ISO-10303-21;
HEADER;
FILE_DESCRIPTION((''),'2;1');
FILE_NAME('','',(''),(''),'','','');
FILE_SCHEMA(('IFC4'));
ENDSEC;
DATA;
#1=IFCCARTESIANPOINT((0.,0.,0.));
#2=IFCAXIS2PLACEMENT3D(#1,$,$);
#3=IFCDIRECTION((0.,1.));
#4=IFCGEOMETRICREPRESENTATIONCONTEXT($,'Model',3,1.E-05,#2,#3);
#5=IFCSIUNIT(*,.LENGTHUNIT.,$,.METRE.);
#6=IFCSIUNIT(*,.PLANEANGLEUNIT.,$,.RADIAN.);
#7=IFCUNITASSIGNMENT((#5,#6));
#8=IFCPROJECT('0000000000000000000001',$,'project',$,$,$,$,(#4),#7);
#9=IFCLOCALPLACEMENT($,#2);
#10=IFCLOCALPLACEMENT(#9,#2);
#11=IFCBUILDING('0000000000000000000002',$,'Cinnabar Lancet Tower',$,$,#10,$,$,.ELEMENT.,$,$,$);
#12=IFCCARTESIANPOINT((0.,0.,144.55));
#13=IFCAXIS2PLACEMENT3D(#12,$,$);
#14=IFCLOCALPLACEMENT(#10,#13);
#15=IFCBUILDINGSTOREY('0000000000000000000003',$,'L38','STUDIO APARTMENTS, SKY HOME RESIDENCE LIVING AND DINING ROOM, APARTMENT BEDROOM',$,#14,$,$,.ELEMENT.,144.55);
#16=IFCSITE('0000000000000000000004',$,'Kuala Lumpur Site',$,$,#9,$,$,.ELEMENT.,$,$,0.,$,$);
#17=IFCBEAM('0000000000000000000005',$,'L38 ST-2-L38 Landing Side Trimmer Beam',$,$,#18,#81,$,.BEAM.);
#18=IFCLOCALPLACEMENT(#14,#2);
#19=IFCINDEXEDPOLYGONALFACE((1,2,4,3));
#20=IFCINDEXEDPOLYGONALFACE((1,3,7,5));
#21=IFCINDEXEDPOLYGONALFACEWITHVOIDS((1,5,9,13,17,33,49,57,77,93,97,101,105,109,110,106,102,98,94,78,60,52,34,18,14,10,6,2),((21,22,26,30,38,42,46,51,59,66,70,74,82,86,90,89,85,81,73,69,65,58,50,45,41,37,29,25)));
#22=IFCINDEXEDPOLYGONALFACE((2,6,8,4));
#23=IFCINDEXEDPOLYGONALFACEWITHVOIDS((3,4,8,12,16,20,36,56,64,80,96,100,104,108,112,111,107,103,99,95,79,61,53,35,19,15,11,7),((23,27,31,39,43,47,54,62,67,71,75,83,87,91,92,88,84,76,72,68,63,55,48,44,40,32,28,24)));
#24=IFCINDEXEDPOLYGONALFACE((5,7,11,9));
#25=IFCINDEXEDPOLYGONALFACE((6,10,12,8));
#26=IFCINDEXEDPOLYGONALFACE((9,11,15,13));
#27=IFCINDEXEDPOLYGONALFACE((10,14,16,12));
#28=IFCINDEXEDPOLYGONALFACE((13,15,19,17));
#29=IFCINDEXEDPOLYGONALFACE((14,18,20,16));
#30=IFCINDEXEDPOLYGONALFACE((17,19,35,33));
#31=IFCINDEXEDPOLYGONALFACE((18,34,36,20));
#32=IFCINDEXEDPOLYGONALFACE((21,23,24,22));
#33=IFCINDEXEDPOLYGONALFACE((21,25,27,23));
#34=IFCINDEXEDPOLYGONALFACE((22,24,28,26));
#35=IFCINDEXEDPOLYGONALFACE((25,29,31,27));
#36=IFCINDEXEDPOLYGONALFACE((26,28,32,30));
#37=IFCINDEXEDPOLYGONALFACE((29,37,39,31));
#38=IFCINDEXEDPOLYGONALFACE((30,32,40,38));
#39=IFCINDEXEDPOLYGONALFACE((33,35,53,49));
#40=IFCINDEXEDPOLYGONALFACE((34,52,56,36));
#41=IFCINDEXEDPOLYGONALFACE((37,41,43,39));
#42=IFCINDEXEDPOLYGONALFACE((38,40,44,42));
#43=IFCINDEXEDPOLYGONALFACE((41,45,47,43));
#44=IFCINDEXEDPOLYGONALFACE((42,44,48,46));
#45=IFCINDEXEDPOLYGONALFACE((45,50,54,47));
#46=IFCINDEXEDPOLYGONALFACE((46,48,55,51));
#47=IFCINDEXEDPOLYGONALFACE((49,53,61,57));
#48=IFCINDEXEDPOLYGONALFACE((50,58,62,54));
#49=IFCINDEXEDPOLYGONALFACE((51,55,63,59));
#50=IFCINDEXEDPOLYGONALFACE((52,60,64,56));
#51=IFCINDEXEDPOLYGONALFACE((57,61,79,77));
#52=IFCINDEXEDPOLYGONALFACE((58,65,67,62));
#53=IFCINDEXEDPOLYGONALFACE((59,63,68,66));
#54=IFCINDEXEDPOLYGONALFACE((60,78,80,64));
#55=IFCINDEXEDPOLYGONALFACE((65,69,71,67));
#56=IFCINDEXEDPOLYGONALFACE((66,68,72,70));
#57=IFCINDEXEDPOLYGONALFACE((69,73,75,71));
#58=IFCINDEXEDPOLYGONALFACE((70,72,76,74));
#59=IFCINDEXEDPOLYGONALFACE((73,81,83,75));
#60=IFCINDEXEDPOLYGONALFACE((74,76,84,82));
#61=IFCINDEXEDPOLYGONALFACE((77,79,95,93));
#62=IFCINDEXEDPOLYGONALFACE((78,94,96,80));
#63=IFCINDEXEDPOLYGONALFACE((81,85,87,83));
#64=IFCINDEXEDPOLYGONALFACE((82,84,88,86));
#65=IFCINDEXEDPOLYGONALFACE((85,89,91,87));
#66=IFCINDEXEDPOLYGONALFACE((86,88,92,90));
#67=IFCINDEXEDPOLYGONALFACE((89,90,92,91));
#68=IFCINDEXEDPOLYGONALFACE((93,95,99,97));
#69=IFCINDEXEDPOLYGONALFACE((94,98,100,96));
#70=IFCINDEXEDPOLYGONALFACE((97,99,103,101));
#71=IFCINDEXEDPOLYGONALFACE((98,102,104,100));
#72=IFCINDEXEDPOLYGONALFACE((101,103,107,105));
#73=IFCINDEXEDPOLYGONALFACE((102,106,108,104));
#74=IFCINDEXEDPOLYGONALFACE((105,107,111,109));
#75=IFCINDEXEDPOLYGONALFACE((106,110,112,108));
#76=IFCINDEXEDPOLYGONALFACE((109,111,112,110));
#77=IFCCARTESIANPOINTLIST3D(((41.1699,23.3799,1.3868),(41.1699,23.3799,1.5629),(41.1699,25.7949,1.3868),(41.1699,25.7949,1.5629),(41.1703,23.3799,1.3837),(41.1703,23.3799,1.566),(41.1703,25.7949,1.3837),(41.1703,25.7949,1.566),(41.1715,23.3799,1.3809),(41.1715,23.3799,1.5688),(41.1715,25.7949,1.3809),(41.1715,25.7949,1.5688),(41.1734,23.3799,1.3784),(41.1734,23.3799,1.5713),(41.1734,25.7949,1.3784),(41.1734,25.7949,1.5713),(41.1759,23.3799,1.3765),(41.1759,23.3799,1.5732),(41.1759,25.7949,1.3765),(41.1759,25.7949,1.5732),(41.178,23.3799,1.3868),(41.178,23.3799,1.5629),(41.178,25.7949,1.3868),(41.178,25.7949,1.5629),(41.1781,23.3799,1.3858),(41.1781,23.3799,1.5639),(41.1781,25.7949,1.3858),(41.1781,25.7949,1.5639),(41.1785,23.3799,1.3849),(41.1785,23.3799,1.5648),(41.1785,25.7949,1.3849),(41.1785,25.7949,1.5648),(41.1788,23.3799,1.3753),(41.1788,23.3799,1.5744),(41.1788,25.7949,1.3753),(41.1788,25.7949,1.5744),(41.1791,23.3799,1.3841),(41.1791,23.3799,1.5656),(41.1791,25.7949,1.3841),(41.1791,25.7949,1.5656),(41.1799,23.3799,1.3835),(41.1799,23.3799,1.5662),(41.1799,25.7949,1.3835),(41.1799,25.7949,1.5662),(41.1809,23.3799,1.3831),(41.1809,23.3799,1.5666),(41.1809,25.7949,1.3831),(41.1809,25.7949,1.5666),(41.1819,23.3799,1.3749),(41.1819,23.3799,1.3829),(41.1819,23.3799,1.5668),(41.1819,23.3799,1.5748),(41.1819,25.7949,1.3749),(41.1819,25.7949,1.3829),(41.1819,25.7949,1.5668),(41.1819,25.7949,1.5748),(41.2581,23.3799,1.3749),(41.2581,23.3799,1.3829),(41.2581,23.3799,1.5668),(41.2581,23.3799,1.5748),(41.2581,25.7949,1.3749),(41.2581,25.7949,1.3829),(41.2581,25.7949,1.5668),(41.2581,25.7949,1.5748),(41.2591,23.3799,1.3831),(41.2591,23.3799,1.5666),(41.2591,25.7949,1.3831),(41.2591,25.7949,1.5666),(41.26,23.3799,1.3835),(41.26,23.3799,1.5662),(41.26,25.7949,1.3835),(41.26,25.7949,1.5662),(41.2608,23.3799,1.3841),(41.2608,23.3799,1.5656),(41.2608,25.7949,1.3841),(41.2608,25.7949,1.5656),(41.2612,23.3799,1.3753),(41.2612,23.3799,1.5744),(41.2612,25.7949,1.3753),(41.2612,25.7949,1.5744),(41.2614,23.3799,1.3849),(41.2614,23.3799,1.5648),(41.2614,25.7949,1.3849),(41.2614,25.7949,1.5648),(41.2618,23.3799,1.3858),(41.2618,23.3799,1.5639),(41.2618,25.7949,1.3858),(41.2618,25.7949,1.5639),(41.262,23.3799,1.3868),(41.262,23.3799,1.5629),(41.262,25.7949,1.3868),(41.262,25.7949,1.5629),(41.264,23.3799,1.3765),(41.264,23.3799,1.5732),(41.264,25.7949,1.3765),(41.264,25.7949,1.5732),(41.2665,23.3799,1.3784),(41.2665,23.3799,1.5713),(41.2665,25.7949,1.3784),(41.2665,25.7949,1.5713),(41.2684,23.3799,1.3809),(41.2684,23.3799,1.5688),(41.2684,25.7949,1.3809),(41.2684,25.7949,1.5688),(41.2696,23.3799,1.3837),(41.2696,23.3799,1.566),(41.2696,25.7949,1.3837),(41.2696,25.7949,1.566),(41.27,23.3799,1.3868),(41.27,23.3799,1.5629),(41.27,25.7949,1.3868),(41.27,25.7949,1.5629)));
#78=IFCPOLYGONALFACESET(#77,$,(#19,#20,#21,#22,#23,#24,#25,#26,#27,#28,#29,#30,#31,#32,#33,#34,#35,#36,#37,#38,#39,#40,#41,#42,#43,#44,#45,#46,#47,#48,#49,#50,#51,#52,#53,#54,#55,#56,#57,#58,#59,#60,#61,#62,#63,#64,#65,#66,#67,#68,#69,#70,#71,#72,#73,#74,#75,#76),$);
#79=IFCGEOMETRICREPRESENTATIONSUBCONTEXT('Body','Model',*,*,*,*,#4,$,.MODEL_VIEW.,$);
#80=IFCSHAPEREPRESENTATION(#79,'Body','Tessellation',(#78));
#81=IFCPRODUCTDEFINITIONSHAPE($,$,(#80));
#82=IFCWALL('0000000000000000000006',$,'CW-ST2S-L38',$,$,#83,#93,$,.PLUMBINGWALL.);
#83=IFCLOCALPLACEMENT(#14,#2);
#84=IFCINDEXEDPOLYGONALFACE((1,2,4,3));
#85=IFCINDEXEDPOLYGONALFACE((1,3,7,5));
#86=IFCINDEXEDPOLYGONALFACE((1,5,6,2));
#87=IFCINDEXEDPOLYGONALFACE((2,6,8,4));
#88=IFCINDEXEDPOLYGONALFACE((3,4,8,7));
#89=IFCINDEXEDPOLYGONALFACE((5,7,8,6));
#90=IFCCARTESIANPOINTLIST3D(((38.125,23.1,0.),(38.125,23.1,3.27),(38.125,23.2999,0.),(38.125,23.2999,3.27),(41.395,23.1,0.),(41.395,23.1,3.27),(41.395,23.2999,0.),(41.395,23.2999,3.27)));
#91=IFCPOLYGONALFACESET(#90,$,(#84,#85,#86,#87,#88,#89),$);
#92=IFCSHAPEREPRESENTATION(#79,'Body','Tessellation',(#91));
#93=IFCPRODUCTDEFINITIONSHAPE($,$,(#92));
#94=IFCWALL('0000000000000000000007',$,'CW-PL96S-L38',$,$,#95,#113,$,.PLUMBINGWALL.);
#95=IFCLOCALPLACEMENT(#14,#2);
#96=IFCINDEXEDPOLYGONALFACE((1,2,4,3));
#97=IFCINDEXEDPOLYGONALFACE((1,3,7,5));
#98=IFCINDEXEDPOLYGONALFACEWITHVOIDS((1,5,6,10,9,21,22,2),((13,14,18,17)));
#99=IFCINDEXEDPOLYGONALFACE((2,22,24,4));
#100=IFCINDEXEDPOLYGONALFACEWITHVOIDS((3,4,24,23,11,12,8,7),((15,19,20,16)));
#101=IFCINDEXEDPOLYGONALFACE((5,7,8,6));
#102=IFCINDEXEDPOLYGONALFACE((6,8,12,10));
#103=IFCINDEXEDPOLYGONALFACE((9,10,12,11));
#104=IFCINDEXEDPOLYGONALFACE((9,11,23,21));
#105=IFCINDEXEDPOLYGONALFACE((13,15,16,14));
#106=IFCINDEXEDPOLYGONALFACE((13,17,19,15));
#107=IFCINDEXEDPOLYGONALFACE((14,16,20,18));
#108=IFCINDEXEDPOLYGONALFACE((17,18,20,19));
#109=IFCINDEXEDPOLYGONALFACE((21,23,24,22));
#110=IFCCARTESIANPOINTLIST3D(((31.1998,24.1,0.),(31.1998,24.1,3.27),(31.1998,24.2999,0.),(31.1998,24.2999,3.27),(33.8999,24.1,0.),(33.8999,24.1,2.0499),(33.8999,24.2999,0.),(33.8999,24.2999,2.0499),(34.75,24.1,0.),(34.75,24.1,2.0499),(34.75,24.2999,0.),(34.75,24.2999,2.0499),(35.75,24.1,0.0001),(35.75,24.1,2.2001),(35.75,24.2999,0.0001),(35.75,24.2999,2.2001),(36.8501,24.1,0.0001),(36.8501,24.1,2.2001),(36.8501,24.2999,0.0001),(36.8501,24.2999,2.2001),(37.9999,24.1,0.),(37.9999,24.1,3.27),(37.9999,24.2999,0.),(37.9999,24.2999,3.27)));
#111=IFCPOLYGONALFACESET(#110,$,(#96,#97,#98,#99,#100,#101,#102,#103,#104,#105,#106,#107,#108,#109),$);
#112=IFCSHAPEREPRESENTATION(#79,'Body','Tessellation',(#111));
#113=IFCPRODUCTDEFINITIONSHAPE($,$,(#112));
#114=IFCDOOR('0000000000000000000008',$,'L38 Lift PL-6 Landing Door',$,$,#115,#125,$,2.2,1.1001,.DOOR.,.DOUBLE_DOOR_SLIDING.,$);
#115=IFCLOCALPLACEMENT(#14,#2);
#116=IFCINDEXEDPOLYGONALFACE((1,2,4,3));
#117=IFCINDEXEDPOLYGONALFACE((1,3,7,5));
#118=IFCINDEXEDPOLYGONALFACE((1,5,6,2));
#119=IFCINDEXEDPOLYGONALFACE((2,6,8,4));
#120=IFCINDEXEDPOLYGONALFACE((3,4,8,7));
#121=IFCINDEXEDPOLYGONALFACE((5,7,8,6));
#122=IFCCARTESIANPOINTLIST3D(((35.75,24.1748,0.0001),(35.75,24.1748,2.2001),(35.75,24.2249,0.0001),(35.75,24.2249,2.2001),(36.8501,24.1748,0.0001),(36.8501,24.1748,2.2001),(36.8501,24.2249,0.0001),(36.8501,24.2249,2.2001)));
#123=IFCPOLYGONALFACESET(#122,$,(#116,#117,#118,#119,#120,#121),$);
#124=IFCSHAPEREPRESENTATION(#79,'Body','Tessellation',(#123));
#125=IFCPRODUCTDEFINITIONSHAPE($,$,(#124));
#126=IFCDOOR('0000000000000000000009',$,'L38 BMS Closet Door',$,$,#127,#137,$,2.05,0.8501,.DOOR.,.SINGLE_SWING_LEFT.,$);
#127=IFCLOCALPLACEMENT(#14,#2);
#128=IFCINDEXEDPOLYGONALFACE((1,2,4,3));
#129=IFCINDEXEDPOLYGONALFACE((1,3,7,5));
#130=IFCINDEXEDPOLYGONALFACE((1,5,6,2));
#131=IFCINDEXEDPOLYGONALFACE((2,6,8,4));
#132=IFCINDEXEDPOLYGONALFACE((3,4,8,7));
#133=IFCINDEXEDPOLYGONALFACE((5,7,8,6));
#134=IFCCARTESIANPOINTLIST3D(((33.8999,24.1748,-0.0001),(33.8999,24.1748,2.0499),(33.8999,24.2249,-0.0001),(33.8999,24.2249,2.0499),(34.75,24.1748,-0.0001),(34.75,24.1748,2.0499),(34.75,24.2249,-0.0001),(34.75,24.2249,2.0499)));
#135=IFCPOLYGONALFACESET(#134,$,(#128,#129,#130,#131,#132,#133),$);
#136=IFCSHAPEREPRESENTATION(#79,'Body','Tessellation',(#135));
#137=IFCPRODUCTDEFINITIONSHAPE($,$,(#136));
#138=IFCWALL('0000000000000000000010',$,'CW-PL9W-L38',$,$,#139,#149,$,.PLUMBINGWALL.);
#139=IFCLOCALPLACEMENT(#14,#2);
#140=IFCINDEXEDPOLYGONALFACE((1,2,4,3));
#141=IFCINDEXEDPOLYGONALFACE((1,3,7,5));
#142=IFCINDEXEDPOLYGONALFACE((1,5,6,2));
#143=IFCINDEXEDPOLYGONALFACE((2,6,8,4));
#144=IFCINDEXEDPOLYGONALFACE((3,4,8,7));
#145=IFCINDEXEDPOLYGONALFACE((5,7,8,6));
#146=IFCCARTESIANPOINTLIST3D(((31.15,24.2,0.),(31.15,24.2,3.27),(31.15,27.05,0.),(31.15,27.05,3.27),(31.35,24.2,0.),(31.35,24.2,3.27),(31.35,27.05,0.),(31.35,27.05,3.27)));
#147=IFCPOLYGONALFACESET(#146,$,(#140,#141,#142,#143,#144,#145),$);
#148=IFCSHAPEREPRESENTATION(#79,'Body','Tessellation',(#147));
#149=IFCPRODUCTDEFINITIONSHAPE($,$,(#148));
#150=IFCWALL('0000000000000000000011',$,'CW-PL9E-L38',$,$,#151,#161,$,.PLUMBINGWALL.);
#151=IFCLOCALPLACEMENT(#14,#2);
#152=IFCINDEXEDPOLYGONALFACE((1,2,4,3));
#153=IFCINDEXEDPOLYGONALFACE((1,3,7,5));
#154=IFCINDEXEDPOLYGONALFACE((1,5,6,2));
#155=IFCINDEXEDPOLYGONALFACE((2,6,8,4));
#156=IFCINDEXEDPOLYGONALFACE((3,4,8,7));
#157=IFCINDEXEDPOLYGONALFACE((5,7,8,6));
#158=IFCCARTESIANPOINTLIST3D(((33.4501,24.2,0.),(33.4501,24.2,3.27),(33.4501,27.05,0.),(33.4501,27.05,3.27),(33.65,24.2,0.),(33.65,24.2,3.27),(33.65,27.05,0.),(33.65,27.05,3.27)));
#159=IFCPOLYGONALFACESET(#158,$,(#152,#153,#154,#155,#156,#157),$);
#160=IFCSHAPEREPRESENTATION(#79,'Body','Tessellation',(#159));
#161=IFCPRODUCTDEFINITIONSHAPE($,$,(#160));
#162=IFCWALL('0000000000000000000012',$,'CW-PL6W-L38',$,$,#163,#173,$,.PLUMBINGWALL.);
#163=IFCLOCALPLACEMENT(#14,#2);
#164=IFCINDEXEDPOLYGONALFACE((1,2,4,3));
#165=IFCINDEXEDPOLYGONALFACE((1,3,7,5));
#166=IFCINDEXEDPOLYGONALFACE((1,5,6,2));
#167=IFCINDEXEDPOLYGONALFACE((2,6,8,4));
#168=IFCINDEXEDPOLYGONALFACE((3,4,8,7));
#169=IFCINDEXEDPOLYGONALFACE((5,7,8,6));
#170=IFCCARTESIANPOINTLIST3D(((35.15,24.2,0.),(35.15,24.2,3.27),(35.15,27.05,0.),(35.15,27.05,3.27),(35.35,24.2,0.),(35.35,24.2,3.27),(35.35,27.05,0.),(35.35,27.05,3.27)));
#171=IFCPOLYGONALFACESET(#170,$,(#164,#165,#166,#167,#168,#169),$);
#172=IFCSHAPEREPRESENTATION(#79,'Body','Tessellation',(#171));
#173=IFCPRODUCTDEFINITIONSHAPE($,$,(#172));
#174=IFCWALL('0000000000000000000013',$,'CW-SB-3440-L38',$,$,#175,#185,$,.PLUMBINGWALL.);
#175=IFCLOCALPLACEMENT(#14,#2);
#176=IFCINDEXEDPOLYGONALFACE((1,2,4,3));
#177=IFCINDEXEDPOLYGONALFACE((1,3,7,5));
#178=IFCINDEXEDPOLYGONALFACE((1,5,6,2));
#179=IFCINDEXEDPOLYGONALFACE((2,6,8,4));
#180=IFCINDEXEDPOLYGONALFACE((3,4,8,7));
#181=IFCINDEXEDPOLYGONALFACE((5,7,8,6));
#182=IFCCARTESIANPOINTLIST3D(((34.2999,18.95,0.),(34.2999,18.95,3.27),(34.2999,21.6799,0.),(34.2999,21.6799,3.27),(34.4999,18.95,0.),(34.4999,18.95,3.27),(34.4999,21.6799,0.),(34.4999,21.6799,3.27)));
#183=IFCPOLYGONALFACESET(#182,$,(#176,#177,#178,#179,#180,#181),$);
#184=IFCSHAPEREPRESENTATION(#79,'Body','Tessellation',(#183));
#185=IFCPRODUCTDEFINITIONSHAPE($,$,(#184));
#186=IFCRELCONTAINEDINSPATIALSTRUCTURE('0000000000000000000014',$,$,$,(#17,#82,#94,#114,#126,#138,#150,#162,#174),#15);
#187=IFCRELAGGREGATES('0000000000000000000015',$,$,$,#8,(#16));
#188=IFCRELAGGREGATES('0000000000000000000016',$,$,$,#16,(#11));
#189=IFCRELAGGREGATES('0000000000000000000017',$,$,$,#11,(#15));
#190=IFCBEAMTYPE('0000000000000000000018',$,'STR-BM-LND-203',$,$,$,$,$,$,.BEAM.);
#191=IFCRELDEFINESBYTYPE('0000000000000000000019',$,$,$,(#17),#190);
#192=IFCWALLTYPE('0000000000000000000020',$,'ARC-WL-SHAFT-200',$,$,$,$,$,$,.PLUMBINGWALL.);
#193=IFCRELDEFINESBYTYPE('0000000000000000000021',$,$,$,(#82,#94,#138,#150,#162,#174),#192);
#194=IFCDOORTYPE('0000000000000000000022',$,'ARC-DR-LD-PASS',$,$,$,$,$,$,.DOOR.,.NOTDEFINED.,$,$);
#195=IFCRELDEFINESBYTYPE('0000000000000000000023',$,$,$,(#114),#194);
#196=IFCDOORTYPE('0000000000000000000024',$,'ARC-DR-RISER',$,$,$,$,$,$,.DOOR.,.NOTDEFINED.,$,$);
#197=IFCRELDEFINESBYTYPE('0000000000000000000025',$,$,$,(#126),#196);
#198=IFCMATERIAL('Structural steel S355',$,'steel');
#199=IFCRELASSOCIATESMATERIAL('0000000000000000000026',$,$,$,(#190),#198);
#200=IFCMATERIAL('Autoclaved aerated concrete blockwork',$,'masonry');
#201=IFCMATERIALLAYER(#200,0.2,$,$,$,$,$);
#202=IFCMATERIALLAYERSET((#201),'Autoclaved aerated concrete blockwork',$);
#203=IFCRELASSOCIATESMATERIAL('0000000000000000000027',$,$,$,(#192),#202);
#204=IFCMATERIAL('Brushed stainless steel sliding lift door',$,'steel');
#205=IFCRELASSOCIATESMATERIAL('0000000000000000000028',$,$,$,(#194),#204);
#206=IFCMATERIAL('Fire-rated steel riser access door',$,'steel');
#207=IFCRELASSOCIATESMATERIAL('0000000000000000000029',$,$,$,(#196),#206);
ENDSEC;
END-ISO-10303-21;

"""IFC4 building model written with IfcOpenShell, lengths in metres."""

from ifc_helpers import new_model, si_unit, direction, frame, frame_2d, origin, origin_2d, place, context, subcontext, project, spatial, rectangle, hollow_rectangle, extrude, material, layer, layer_set, material_profile, profile_set, type_object, element, fill, save


model = new_model("IFC4")

# Units and contexts
model_context = context("Model", 3, precision=1e-05, world=origin(), true_north=direction((0.0, 1.0)))
body_context = subcontext(model_context, "Body", "Model", "MODEL_VIEW")
ifc_project = project(units=[si_unit("LENGTHUNIT", "METRE"), si_unit("PLANEANGLEUNIT", "RADIAN")], contexts=[model_context])

# Site, building, storey
site_placement = place(None, origin())
site = spatial("IfcSite", under=ifc_project, at=site_placement, Name="Kuala Lumpur Site", CompositionType="ELEMENT", RefElevation=0.0)
building_placement = place(site_placement, origin())
building = spatial("IfcBuilding", under=site, at=building_placement, Name="Cinnabar Lancet Tower", CompositionType="ELEMENT")
storey_placement = place(building_placement, frame((0.0, 0.0, 144.55)))
storey = spatial("IfcBuildingStorey", under=building, at=storey_placement, Name="L38", Description="STUDIO APARTMENTS, SKY HOME RESIDENCE LIVING AND DINING ROOM, APARTMENT BEDROOM", CompositionType="ELEMENT", Elevation=144.55)

# Beam
ifc_material_1 = material(Name="Structural steel S355", Category="steel")
ifc_material_profile_1 = material_profile(ifc_material_1, hollow_rectangle(XDim=0.1001, YDim=0.2, WallThickness=0.0081, InnerFilletRadius=0.0039, OuterFilletRadius=0.012, at=origin_2d()), Name="RHS 200x100x8")
ifc_profile_set_1 = profile_set([ifc_material_profile_1], Name="Structural steel S355")
beam_type_1 = type_object("IfcBeamType", Name="STR-BM-LND-203", PredefinedType="BEAM", material=ifc_profile_set_1)
beam_1_placement = place(storey_placement, frame((41.22, 23.3799, 1.4749), z_axis=(0.0, 1.0, 0.0), x_axis=(-1.0, 0.0, 0.0)))
element("IfcBeam", 1, at=beam_1_placement, inside=storey, type_object=beam_type_1, Name="L38 ST-2-L38 Landing Side Trimmer Beam", PredefinedType="BEAM", context=body_context, shape_type="SweptSolid", body=[
    extrude(hollow_rectangle(XDim=0.1001, YDim=0.2, WallThickness=0.0081, InnerFilletRadius=0.0039, OuterFilletRadius=0.012, at=origin_2d()), origin(), (0.0, 0.0, 1.0), 2.415),
])

# Wall
ifc_material_2 = material(Name="Autoclaved aerated concrete blockwork", Category="masonry")
ifc_layer_1 = layer(ifc_material_2, 0.2)
ifc_layer_set_1 = layer_set([ifc_layer_1], Name="Autoclaved aerated concrete blockwork")
wall_type_1 = type_object("IfcWallType", Name="ARC-WL-SHAFT-200", PredefinedType="PLUMBINGWALL", material=ifc_layer_set_1)
wall_1_placement = place(storey_placement, frame((38.125, 23.2, 0.0), z_axis=(0.0, 0.0, 1.0), x_axis=(1.0, 0.0, 0.0)))
element("IfcWall", 2, at=wall_1_placement, inside=storey, type_object=wall_type_1, Name="CW-ST2S-L38", PredefinedType="PLUMBINGWALL", context=body_context, shape_type="SweptSolid", body=[
    extrude(rectangle(XDim=3.27, YDim=0.2, at=frame_2d((1.635, 0.0))), origin(), (0.0, 0.0, 1.0), 3.27),
])

# Wall, openings, doors
wall_2_placement = place(storey_placement, frame((31.2, 24.2, 0.0), z_axis=(0.0, 0.0, 1.0), x_axis=(1.0, 0.0, 0.0)))
wall_2 = element("IfcWall", 3, at=wall_2_placement, inside=storey, type_object=wall_type_1, Name="CW-PL96S-L38", PredefinedType="PLUMBINGWALL", context=body_context, shape_type="SweptSolid", body=[
    extrude(rectangle(XDim=6.8, YDim=0.2, at=frame_2d((3.3999, 0.0))), origin(), (0.0, 0.0, 1.0), 3.27),
])
opening_1_placement = place(wall_2_placement, frame((2.7, 0.0, 0.0)))
opening_1 = element("IfcOpeningElement", 4, at=opening_1_placement, cuts=wall_2, PredefinedType="OPENING", context=body_context, shape_type="SweptSolid", body=[
    extrude(rectangle(XDim=0.8501, YDim=2.05, at=frame_2d((0.425, 1.0249))), frame((0.0, 0.1099, 0.0), z_axis=(0.0, -1.0, 0.0), x_axis=(1.0, 0.0, 0.0)), (0.0, 0.0, 1.0), 0.22),
])
opening_2_placement = place(wall_2_placement, frame((4.55, 0.0, 0.0)))
opening_2 = element("IfcOpeningElement", 5, at=opening_2_placement, cuts=wall_2, PredefinedType="OPENING", context=body_context, shape_type="SweptSolid", body=[
    extrude(rectangle(XDim=1.1001, YDim=2.2, at=frame_2d((0.55, 1.1001))), frame((0.0, 0.1099, 0.0), z_axis=(0.0, -1.0, 0.0), x_axis=(1.0, 0.0, 0.0)), (0.0, 0.0, 1.0), 0.22),
])
ifc_material_3 = material(Name="Brushed stainless steel sliding lift door", Category="steel")
door_type_1 = type_object("IfcDoorType", Name="ARC-DR-LD-PASS", OperationType="NOTDEFINED", PredefinedType="DOOR", material=ifc_material_3)
door_1_placement = place(opening_2_placement, origin())
door_1 = element("IfcDoor", 6, at=door_1_placement, inside=storey, type_object=door_type_1, Name="L38 Lift PL-6 Landing Door", OperationType="DOUBLE_DOOR_SLIDING", OverallHeight=2.2, OverallWidth=1.1001, PredefinedType="DOOR", context=body_context, shape_type="SweptSolid", body=[
    extrude(rectangle(XDim=1.1001, YDim=2.2, at=frame_2d((0.55, 1.1001))), frame((0.0, 0.0249, 0.0), z_axis=(0.0, -1.0, 0.0), x_axis=(1.0, 0.0, 0.0)), (0.0, 0.0, 1.0), 0.05),
])
fill(opening_2, door_1)
ifc_material_4 = material(Name="Fire-rated steel riser access door", Category="steel")
door_type_2 = type_object("IfcDoorType", Name="ARC-DR-RISER", OperationType="NOTDEFINED", PredefinedType="DOOR", material=ifc_material_4)
door_2_placement = place(opening_1_placement, origin())
door_2 = element("IfcDoor", 7, at=door_2_placement, inside=storey, type_object=door_type_2, Name="L38 BMS Closet Door", OperationType="SINGLE_SWING_LEFT", OverallHeight=2.05, OverallWidth=0.8501, PredefinedType="DOOR", context=body_context, shape_type="SweptSolid", body=[
    extrude(rectangle(XDim=0.8501, YDim=2.05, at=frame_2d((0.425, 1.0249))), frame((0.0, 0.0249, 0.0), z_axis=(0.0, -1.0, 0.0), x_axis=(1.0, 0.0, 0.0)), (0.0, 0.0, 1.0), 0.05),
])
fill(opening_1, door_2)

# Walls
for number, where, z_axis, x_axis, name in (
    (8, (31.25, 24.2, 0.0), (0.0, 0.0, 1.0), (0.0, 1.0, 0.0), "CW-PL9W-L38"),
    (9, (33.55, 24.2, 0.0), (0.0, 0.0, 1.0), (0.0, 1.0, 0.0), "CW-PL9E-L38"),
    (10, (35.25, 24.2, 0.0), (0.0, 0.0, 1.0), (0.0, 1.0, 0.0), "CW-PL6W-L38"),
):
    element("IfcWall", number, at=place(storey_placement, frame(where, z_axis=z_axis, x_axis=x_axis)), inside=storey, type_object=wall_type_1, Name=name, PredefinedType="PLUMBINGWALL", context=body_context, shape_type="SweptSolid", body=[
        extrude(rectangle(XDim=2.8501, YDim=0.2, at=frame_2d((1.425, 0.0))), origin(), (0.0, 0.0, 1.0), 3.27),
    ])
for number, where, z_axis, x_axis, name in (
    (11, (34.3999, 18.95, 0.0), (0.0, 0.0, 1.0), (0.0, 1.0, 0.0), "CW-SB-3440-L38"),
):
    element("IfcWall", number, at=place(storey_placement, frame(where, z_axis=z_axis, x_axis=x_axis)), inside=storey, type_object=wall_type_1, Name=name, PredefinedType="PLUMBINGWALL", context=body_context, shape_type="SweptSolid", body=[
        extrude(rectangle(XDim=2.73, YDim=0.2, at=frame_2d((1.365, 0.0))), origin(), (0.0, 0.0, 1.0), 3.27),
    ])

save(model, "model.ifc")
